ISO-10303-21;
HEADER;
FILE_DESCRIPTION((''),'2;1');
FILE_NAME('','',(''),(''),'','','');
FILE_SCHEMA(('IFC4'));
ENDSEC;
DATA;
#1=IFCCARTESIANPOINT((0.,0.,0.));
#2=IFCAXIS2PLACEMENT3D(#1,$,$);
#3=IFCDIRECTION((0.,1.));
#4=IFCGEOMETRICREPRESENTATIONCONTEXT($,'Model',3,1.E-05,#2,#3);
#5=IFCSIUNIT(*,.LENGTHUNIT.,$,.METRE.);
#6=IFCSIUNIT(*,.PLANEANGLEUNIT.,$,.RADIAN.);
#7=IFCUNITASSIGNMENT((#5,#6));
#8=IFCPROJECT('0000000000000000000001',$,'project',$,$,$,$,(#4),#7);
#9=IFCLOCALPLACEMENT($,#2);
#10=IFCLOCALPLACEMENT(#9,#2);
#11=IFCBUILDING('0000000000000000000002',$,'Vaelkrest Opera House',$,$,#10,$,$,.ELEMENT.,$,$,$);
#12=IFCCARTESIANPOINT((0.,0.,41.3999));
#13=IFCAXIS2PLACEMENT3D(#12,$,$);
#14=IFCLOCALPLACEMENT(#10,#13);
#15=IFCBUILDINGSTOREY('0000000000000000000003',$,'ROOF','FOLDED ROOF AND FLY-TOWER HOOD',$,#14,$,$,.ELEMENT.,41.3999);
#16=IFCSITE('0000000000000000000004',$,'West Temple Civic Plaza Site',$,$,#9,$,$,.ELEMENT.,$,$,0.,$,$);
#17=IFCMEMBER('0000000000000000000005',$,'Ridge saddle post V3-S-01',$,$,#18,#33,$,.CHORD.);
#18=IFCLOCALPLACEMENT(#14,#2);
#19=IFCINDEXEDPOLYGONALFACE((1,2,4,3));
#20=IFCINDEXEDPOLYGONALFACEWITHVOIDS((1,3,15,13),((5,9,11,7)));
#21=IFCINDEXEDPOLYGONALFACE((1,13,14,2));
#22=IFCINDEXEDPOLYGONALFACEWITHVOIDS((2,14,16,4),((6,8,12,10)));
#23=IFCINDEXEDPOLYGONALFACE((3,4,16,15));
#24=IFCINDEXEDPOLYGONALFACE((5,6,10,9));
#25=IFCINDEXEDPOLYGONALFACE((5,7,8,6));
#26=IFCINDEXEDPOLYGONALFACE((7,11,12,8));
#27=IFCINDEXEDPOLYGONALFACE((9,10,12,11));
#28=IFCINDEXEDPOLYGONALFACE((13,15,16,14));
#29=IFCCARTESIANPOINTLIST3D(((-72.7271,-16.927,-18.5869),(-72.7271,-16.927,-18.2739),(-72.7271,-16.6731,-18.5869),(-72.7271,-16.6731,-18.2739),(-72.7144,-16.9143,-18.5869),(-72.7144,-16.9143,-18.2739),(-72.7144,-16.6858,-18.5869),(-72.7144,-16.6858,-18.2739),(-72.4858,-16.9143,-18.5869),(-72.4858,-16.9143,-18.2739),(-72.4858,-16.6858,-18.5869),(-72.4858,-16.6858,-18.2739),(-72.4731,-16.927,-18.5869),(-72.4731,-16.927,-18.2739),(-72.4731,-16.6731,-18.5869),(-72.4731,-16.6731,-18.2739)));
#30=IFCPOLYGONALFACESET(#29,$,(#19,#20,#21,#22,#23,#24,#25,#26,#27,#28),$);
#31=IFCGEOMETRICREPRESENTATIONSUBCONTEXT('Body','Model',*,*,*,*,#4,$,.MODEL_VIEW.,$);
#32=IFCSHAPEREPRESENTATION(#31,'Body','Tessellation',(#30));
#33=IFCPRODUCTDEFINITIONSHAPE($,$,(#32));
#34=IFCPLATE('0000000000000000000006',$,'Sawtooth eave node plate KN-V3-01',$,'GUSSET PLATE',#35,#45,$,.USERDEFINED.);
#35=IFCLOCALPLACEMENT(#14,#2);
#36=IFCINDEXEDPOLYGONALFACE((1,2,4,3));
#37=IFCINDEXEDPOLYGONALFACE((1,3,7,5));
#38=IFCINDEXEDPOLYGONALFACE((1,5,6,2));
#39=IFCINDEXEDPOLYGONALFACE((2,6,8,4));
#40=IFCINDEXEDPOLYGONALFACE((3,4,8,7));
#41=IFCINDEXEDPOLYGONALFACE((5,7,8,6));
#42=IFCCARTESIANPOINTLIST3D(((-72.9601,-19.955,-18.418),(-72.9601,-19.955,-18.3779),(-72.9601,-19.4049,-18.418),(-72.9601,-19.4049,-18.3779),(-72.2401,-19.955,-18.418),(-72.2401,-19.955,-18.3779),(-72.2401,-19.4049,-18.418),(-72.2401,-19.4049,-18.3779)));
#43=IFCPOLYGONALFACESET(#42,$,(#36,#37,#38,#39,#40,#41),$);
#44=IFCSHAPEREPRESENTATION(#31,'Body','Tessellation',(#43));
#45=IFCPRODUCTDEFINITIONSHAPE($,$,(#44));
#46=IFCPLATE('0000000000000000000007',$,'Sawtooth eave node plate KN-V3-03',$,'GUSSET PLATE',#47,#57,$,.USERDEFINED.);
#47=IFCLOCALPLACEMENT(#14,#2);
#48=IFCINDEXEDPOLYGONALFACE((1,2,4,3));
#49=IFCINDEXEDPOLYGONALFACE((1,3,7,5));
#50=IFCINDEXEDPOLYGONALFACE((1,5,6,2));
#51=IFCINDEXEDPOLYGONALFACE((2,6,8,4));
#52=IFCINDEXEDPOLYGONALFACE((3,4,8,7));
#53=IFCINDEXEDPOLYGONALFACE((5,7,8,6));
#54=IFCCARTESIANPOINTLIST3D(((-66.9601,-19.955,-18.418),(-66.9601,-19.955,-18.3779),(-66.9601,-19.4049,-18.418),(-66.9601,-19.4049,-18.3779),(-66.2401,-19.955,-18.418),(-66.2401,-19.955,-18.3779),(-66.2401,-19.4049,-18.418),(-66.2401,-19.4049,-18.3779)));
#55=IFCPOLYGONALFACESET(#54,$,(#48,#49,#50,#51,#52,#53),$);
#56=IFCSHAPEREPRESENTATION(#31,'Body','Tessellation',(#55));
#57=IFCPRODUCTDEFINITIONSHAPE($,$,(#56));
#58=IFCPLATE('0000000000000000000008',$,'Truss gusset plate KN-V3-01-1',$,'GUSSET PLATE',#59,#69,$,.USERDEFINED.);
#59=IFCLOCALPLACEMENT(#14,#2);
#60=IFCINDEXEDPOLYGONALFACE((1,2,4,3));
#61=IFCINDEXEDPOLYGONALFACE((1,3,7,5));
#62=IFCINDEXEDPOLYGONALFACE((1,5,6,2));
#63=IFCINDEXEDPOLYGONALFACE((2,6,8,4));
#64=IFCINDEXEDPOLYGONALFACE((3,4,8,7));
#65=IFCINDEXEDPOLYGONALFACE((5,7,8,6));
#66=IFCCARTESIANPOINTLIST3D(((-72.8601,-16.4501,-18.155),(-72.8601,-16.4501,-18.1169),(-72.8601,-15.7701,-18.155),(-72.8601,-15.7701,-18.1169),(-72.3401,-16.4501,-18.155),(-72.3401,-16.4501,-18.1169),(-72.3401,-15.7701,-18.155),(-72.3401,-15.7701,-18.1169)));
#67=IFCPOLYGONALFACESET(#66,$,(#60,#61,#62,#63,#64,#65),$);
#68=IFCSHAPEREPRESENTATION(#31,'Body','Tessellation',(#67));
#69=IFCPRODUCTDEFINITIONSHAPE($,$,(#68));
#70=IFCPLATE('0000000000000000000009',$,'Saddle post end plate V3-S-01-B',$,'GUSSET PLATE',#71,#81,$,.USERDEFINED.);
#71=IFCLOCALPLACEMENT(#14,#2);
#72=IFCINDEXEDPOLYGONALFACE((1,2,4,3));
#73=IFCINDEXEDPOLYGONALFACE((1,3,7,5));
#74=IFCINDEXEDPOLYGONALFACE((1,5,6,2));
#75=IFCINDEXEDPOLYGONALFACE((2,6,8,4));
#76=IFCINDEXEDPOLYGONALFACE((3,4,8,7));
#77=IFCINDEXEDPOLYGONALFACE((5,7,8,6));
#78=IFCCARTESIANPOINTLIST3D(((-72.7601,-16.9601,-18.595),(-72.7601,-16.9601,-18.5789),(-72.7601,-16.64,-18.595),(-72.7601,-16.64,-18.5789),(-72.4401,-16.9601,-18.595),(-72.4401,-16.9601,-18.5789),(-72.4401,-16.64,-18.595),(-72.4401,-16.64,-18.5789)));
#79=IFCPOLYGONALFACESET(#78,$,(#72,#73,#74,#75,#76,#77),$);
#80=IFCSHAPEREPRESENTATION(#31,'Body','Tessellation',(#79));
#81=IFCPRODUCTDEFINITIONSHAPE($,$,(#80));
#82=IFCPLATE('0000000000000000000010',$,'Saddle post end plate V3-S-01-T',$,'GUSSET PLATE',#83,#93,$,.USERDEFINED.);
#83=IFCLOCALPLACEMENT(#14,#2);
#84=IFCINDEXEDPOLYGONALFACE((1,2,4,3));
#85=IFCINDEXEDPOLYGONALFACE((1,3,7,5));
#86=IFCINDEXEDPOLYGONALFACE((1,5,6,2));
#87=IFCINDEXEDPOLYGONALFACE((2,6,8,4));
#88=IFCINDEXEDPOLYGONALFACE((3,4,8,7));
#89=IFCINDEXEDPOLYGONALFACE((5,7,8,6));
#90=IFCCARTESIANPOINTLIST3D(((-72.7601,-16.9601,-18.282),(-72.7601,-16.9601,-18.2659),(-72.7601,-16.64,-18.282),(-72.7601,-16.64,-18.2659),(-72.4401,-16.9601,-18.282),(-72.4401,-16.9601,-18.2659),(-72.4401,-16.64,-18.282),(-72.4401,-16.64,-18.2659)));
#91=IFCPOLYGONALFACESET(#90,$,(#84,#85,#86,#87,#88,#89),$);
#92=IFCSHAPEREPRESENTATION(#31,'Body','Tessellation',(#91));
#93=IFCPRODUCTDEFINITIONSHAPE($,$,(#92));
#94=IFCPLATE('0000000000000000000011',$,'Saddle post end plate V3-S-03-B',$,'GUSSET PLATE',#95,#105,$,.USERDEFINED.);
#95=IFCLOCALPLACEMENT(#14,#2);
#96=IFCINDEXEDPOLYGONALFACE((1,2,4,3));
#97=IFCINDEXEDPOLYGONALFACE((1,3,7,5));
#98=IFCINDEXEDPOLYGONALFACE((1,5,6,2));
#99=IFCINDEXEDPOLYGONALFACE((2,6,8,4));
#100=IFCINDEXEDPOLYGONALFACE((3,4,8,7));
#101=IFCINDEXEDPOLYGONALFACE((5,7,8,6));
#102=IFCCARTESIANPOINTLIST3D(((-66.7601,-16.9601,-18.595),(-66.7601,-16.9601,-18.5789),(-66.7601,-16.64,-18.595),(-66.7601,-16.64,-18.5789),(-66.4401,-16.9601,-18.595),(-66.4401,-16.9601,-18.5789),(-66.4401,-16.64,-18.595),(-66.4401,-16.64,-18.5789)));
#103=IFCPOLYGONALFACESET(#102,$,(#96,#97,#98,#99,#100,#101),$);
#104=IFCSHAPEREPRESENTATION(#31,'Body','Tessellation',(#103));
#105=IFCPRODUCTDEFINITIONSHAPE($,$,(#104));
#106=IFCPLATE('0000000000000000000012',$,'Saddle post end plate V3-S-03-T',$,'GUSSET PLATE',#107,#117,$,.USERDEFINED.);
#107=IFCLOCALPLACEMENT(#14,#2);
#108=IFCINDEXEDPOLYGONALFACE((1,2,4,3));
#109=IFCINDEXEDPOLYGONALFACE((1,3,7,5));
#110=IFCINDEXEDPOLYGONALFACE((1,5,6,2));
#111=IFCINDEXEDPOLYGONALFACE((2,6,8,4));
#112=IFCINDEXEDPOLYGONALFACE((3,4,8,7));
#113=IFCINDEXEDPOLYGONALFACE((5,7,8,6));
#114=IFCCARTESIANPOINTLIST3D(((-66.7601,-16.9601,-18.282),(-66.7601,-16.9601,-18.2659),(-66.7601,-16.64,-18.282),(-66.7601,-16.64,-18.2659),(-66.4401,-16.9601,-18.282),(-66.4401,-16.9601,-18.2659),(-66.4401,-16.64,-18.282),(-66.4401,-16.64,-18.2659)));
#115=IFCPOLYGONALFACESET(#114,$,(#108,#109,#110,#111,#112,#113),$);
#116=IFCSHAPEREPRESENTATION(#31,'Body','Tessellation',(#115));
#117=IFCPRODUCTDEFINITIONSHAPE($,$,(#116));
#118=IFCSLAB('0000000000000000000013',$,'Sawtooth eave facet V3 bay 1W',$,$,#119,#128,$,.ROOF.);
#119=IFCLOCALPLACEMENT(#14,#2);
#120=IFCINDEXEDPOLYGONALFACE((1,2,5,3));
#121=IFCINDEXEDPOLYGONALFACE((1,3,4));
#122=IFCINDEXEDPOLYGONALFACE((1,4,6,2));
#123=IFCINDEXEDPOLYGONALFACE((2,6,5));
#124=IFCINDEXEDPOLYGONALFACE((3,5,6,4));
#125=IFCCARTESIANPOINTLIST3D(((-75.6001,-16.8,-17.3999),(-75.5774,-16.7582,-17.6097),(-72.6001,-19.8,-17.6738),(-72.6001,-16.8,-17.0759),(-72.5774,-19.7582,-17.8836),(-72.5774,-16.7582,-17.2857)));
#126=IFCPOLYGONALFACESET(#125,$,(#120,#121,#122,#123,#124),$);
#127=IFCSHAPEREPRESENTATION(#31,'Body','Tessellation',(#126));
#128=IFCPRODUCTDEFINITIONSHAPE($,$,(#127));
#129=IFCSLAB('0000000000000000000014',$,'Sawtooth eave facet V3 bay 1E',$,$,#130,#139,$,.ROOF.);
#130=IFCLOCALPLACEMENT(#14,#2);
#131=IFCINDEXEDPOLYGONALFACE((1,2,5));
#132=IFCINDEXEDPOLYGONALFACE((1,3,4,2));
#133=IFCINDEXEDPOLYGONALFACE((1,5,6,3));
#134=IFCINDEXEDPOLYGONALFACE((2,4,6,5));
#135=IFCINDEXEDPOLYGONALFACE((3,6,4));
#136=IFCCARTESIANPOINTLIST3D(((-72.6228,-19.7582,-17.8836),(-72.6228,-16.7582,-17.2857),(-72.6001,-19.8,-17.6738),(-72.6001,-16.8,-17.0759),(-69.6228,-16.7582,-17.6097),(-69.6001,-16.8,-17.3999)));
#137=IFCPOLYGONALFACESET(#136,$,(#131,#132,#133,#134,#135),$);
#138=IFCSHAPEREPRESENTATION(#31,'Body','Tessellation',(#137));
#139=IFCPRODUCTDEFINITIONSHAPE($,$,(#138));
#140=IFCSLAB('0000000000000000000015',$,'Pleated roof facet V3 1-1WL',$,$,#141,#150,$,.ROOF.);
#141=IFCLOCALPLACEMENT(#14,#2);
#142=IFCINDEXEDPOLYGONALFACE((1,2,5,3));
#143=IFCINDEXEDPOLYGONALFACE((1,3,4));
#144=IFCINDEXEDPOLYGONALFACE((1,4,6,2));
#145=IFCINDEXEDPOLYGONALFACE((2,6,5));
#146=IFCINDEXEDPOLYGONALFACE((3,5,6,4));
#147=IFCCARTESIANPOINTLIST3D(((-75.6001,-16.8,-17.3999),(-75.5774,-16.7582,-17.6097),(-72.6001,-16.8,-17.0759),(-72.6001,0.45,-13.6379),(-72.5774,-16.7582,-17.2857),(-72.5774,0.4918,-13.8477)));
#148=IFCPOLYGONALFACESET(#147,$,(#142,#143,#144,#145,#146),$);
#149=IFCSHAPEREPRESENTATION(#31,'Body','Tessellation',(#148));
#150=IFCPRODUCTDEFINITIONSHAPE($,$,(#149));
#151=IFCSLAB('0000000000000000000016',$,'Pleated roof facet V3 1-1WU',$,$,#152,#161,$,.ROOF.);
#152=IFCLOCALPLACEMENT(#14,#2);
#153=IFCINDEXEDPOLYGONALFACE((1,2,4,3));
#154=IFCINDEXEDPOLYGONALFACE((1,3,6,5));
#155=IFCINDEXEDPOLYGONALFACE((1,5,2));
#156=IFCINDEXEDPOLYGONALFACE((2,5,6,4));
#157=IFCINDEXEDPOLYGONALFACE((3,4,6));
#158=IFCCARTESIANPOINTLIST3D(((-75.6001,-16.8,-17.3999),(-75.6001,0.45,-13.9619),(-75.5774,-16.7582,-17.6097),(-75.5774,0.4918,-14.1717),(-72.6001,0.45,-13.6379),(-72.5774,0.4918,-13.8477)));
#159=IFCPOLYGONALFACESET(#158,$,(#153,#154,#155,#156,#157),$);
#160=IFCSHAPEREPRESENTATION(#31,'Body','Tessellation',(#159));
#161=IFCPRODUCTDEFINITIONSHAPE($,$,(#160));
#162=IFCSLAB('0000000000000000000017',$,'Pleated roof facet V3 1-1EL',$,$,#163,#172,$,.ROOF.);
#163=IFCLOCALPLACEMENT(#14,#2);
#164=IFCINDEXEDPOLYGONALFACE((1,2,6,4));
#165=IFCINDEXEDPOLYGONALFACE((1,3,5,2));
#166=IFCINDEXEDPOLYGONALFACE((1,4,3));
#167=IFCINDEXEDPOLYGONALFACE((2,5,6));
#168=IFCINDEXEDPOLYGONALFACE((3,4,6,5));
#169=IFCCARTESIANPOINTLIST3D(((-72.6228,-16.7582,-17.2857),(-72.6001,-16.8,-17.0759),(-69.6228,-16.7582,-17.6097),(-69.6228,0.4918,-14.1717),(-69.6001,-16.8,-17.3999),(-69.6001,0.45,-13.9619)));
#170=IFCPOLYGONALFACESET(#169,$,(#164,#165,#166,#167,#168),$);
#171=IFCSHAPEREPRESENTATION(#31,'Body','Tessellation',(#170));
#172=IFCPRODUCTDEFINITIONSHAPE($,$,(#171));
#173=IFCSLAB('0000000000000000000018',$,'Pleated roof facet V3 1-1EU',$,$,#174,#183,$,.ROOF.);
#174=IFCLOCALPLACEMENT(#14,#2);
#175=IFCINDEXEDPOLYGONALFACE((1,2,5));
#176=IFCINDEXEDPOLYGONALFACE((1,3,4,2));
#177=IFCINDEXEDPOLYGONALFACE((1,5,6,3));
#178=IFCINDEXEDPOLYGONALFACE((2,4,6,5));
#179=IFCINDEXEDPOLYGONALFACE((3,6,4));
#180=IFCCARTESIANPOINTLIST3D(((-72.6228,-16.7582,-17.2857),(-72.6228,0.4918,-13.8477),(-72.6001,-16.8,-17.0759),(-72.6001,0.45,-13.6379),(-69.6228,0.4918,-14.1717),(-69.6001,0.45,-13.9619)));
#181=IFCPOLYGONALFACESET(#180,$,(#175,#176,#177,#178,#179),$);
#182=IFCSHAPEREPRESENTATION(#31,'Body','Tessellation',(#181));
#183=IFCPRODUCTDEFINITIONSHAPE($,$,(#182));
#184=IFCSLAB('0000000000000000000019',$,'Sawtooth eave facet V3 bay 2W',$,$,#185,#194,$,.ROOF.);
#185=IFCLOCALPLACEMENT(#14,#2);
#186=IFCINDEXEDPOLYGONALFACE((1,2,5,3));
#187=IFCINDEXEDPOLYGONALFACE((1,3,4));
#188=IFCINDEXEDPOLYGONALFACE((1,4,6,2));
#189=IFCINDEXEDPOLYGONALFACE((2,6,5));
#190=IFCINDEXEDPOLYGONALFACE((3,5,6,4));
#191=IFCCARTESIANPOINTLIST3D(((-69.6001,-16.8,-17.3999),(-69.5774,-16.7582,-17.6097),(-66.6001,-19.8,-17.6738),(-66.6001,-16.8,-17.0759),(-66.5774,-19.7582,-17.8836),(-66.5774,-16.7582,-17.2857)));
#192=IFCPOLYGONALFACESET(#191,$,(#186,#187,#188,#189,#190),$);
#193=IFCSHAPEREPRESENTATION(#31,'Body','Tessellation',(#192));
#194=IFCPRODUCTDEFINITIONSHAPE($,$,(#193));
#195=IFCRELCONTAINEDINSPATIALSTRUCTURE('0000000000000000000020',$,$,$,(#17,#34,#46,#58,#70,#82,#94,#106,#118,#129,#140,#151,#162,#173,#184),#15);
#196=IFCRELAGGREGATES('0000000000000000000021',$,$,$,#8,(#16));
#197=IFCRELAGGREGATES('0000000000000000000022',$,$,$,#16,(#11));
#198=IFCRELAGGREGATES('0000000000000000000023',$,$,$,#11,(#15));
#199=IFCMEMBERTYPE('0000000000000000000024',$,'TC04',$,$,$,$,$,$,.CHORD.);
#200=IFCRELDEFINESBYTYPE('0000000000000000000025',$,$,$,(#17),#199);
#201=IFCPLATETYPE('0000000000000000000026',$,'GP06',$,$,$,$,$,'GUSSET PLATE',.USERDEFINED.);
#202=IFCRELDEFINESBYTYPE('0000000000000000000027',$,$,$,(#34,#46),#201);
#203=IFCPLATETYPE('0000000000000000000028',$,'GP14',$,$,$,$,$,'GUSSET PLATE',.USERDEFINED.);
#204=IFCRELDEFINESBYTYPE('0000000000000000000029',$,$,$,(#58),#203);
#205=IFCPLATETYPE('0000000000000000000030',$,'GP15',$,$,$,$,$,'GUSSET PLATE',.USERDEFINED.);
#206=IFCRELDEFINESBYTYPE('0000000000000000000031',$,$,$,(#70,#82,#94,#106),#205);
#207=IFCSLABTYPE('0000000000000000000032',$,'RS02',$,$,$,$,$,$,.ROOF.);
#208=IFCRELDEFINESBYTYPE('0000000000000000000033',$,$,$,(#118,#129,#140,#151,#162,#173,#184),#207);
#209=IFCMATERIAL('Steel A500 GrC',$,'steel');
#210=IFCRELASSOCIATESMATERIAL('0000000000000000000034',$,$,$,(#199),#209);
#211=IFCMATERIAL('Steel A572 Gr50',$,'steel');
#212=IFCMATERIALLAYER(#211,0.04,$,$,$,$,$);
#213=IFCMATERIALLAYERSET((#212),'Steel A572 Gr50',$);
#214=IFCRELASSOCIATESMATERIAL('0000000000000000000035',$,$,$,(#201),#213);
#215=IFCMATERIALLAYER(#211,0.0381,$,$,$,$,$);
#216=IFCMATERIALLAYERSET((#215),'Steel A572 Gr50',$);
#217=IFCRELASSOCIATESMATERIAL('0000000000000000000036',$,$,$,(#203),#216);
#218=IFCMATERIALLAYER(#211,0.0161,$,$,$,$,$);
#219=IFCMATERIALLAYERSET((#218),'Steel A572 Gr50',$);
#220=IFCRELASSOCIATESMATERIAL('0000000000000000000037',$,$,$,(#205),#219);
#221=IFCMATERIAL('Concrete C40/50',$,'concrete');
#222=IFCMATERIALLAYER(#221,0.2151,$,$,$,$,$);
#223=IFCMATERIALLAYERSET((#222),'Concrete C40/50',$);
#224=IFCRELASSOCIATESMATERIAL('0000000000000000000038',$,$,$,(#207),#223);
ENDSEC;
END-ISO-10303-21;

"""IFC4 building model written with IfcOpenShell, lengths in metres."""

from ifc_helpers import new_model, si_unit, direction, frame, origin, origin_2d, place, context, subcontext, project, spatial, polyline, rectangle, hollow_rectangle, outline, extrude, material, layer, layer_set, material_profile, profile_set, type_object, element, save


model = new_model("IFC4")

# Units and contexts
model_context = context("Model", 3, precision=1e-05, world=origin(), true_north=direction((0.0, 1.0)))
body_context = subcontext(model_context, "Body", "Model", "MODEL_VIEW")
ifc_project = project(units=[si_unit("LENGTHUNIT", "METRE"), si_unit("PLANEANGLEUNIT", "RADIAN")], contexts=[model_context])

# Site, building, storey
site_placement = place(None, origin())
site = spatial("IfcSite", under=ifc_project, at=site_placement, Name="West Temple Civic Plaza Site", CompositionType="ELEMENT", RefElevation=0.0)
building_placement = place(site_placement, origin())
building = spatial("IfcBuilding", under=site, at=building_placement, Name="Vaelkrest Opera House", CompositionType="ELEMENT")
storey_placement = place(building_placement, frame((0.0, 0.0, 41.3999)))
storey = spatial("IfcBuildingStorey", under=building, at=storey_placement, Name="ROOF", Description="FOLDED ROOF AND FLY-TOWER HOOD", CompositionType="ELEMENT", Elevation=41.3999)

# Member
ifc_material_1 = material(Name="Steel A500 GrC", Category="steel")
ifc_material_profile_1 = material_profile(ifc_material_1, hollow_rectangle(XDim=0.2539, YDim=0.2539, WallThickness=0.0127, at=origin_2d()), Name="HSS254X254X12.7")
ifc_profile_set_1 = profile_set([ifc_material_profile_1], Name="Steel A500 GrC")
member_type_1 = type_object("IfcMemberType", Name="TC04", PredefinedType="CHORD", material=ifc_profile_set_1)
member_1_placement = place(storey_placement, frame((-72.6001, -16.8, -18.5869), z_axis=(0.0, 0.0, 1.0), x_axis=(1.0, 0.0, 0.0)))
element("IfcMember", 1, at=member_1_placement, inside=storey, type_object=member_type_1, Name="Ridge saddle post V3-S-01", PredefinedType="CHORD", context=body_context, shape_type="SweptSolid", body=[
    extrude(hollow_rectangle(XDim=0.2539, YDim=0.2539, WallThickness=0.0127, at=origin_2d()), origin(), (0.0, 0.0, 1.0), 0.313),
])

# Plates
ifc_material_2 = material(Name="Steel A572 Gr50", Category="steel")
ifc_layer_1 = layer(ifc_material_2, 0.04)
ifc_layer_set_1 = layer_set([ifc_layer_1], Name="Steel A572 Gr50")
plate_type_1 = type_object("IfcPlateType", Name="GP06", ElementType="GUSSET PLATE", PredefinedType="USERDEFINED", material=ifc_layer_set_1)
for number, where, z_axis, x_axis, name in (
    (2, (-72.6001, -19.6799, -18.418), (0.0, 0.0, 1.0), (1.0, 0.0, 0.0), "Sawtooth eave node plate KN-V3-01"),
    (3, (-66.6001, -19.6799, -18.418), (0.0, 0.0, 1.0), (1.0, 0.0, 0.0), "Sawtooth eave node plate KN-V3-03"),
):
    element("IfcPlate", number, at=place(storey_placement, frame(where, z_axis=z_axis, x_axis=x_axis)), inside=storey, type_object=plate_type_1, Name=name, ObjectType="GUSSET PLATE", PredefinedType="USERDEFINED", context=body_context, shape_type="SweptSolid", body=[
        extrude(rectangle(XDim=0.72, YDim=0.55, at=origin_2d()), origin(), (0.0, 0.0, 1.0), 0.04),
    ])
ifc_layer_2 = layer(ifc_material_2, 0.0381)
ifc_layer_set_2 = layer_set([ifc_layer_2], Name="Steel A572 Gr50")
plate_type_2 = type_object("IfcPlateType", Name="GP14", ElementType="GUSSET PLATE", PredefinedType="USERDEFINED", material=ifc_layer_set_2)
plate_placement = place(storey_placement, frame((-72.6001, -16.1101, -18.155), z_axis=(0.0, 0.0, 1.0), x_axis=(0.0, 1.0, 0.0)))
element("IfcPlate", 4, at=plate_placement, inside=storey, type_object=plate_type_2, Name="Truss gusset plate KN-V3-01-1", ObjectType="GUSSET PLATE", PredefinedType="USERDEFINED", context=body_context, shape_type="SweptSolid", body=[
    extrude(rectangle(XDim=0.6799, YDim=0.52, at=origin_2d()), origin(), (0.0, 0.0, 1.0), 0.0381),
])
ifc_layer_3 = layer(ifc_material_2, 0.0161)
ifc_layer_set_3 = layer_set([ifc_layer_3], Name="Steel A572 Gr50")
plate_type_3 = type_object("IfcPlateType", Name="GP15", ElementType="GUSSET PLATE", PredefinedType="USERDEFINED", material=ifc_layer_set_3)
for number, where, z_axis, x_axis, name in (
    (5, (-72.6001, -16.8, -18.595), (0.0, 0.0, 1.0), (1.0, 0.0, 0.0), "Saddle post end plate V3-S-01-B"),
    (6, (-72.6001, -16.8, -18.282), (0.0, 0.0, 1.0), (1.0, 0.0, 0.0), "Saddle post end plate V3-S-01-T"),
    (7, (-66.6001, -16.8, -18.595), (0.0, 0.0, 1.0), (1.0, 0.0, 0.0), "Saddle post end plate V3-S-03-B"),
    (8, (-66.6001, -16.8, -18.282), (0.0, 0.0, 1.0), (1.0, 0.0, 0.0), "Saddle post end plate V3-S-03-T"),
):
    element("IfcPlate", number, at=place(storey_placement, frame(where, z_axis=z_axis, x_axis=x_axis)), inside=storey, type_object=plate_type_3, Name=name, ObjectType="GUSSET PLATE", PredefinedType="USERDEFINED", context=body_context, shape_type="SweptSolid", body=[
        extrude(rectangle(XDim=0.3201, YDim=0.3201, at=origin_2d()), origin(), (0.0, 0.0, 1.0), 0.0161),
    ])

# Slabs
ifc_material_3 = material(Name="Concrete C40/50", Category="concrete")
ifc_layer_4 = layer(ifc_material_3, 0.2151)
ifc_layer_set_4 = layer_set([ifc_layer_4], Name="Concrete C40/50")
slab_type = type_object("IfcSlabType", Name="RS02", PredefinedType="ROOF", material=ifc_layer_set_4)
slab_1_placement = place(storey_placement, frame((-75.6001, -16.8, -17.3999), z_axis=(-0.10532, -0.194369, 0.975258), x_axis=(0.705638, -0.705638, -0.064431)))
element("IfcSlab", 9, at=slab_1_placement, inside=storey, type_object=slab_type, Name="Sawtooth eave facet V3 bay 1W", PredefinedType="ROOF", context=body_context, shape_type="SweptSolid", body=[
    extrude(outline(polyline([(0.0, 0.0), (4.2515, 0.0), (2.096, 2.1706), (0.0, 0.0)])), origin(), (0.0, 0.0, -1.0), 0.2151),
])
slab_2_placement = place(storey_placement, frame((-72.6001, -16.8, -17.0759), z_axis=(0.10532, -0.194369, 0.975258), x_axis=(0.0, -0.980712, -0.195456)))
element("IfcSlab", 10, at=slab_2_placement, inside=storey, type_object=slab_type, Name="Sawtooth eave facet V3 bay 1E", PredefinedType="ROOF", context=body_context, shape_type="SweptSolid", body=[
    extrude(outline(polyline([(0.0, 0.0), (3.059, 0.0), (0.0633, 3.0168), (0.0, 0.0)])), origin(), (0.0, 0.0, -1.0), 0.2151),
])
slab_3_placement = place(storey_placement, frame((-75.6001, -16.8, -17.3999), z_axis=(-0.10532, -0.194372, 0.975257), x_axis=(0.994219, 0.0, 0.107367)))
element("IfcSlab", 11, at=slab_3_placement, inside=storey, type_object=slab_type, Name="Pleated roof facet V3 1-1WL", PredefinedType="ROOF", context=body_context, shape_type="SweptSolid", body=[
    extrude(outline(polyline([(0.0, 0.0), (3.0174, 0.0), (3.3866, 17.5854), (0.0, 0.0)])), origin(), (0.0, 0.0, -1.0), 0.2151),
])
slab_4_placement = place(storey_placement, frame((-75.6001, -16.8, -17.3999), z_axis=(-0.10532, -0.194372, 0.975257), x_axis=(0.167518, 0.963229, 0.210066)))
element("IfcSlab", 12, at=slab_4_placement, inside=storey, type_object=slab_type, Name="Pleated roof facet V3 1-1WU", PredefinedType="ROOF", context=body_context, shape_type="SweptSolid", body=[
    extrude(outline(polyline([(0.0, 0.0), (17.9085, 0.0), (17.3379, 2.963), (0.0, 0.0)])), origin(), (0.0, 0.0, -1.0), 0.2151),
])
slab_5_placement = place(storey_placement, frame((-72.6001, -16.8, -17.0759), z_axis=(0.10532, -0.194372, 0.975257), x_axis=(0.994219, 0.0, -0.107367)))
element("IfcSlab", 13, at=slab_5_placement, inside=storey, type_object=slab_type, Name="Pleated roof facet V3 1-1EL", PredefinedType="ROOF", context=body_context, shape_type="SweptSolid", body=[
    extrude(outline(polyline([(0.0, 0.0), (3.0174, 0.0), (2.6483, 17.5854), (0.0, 0.0)])), origin(), (0.0, 0.0, -1.0), 0.2151),
])
slab_6_placement = place(storey_placement, frame((-72.6001, -16.8, -17.0759), z_axis=(0.10532, -0.194372, 0.975257), x_axis=(0.168694, 0.96999, 0.175105)))
element("IfcSlab", 14, at=slab_6_placement, inside=storey, type_object=slab_type, Name="Pleated roof facet V3 1-1EU", PredefinedType="ROOF", context=body_context, shape_type="SweptSolid", body=[
    extrude(outline(polyline([(0.0, 0.0), (17.7837, 0.0), (17.3343, 2.9838), (0.0, 0.0)])), origin(), (0.0, 0.0, -1.0), 0.2151),
])
slab_7_placement = place(storey_placement, frame((-69.6001, -16.8, -17.3999), z_axis=(-0.10532, -0.194369, 0.975258), x_axis=(0.705638, -0.705638, -0.064431)))
element("IfcSlab", 15, at=slab_7_placement, inside=storey, type_object=slab_type, Name="Sawtooth eave facet V3 bay 2W", PredefinedType="ROOF", context=body_context, shape_type="SweptSolid", body=[
    extrude(outline(polyline([(0.0, 0.0), (4.2515, 0.0), (2.096, 2.1706), (0.0, 0.0)])), origin(), (0.0, 0.0, -1.0), 0.2151),
])

save(model, "model.ifc")
